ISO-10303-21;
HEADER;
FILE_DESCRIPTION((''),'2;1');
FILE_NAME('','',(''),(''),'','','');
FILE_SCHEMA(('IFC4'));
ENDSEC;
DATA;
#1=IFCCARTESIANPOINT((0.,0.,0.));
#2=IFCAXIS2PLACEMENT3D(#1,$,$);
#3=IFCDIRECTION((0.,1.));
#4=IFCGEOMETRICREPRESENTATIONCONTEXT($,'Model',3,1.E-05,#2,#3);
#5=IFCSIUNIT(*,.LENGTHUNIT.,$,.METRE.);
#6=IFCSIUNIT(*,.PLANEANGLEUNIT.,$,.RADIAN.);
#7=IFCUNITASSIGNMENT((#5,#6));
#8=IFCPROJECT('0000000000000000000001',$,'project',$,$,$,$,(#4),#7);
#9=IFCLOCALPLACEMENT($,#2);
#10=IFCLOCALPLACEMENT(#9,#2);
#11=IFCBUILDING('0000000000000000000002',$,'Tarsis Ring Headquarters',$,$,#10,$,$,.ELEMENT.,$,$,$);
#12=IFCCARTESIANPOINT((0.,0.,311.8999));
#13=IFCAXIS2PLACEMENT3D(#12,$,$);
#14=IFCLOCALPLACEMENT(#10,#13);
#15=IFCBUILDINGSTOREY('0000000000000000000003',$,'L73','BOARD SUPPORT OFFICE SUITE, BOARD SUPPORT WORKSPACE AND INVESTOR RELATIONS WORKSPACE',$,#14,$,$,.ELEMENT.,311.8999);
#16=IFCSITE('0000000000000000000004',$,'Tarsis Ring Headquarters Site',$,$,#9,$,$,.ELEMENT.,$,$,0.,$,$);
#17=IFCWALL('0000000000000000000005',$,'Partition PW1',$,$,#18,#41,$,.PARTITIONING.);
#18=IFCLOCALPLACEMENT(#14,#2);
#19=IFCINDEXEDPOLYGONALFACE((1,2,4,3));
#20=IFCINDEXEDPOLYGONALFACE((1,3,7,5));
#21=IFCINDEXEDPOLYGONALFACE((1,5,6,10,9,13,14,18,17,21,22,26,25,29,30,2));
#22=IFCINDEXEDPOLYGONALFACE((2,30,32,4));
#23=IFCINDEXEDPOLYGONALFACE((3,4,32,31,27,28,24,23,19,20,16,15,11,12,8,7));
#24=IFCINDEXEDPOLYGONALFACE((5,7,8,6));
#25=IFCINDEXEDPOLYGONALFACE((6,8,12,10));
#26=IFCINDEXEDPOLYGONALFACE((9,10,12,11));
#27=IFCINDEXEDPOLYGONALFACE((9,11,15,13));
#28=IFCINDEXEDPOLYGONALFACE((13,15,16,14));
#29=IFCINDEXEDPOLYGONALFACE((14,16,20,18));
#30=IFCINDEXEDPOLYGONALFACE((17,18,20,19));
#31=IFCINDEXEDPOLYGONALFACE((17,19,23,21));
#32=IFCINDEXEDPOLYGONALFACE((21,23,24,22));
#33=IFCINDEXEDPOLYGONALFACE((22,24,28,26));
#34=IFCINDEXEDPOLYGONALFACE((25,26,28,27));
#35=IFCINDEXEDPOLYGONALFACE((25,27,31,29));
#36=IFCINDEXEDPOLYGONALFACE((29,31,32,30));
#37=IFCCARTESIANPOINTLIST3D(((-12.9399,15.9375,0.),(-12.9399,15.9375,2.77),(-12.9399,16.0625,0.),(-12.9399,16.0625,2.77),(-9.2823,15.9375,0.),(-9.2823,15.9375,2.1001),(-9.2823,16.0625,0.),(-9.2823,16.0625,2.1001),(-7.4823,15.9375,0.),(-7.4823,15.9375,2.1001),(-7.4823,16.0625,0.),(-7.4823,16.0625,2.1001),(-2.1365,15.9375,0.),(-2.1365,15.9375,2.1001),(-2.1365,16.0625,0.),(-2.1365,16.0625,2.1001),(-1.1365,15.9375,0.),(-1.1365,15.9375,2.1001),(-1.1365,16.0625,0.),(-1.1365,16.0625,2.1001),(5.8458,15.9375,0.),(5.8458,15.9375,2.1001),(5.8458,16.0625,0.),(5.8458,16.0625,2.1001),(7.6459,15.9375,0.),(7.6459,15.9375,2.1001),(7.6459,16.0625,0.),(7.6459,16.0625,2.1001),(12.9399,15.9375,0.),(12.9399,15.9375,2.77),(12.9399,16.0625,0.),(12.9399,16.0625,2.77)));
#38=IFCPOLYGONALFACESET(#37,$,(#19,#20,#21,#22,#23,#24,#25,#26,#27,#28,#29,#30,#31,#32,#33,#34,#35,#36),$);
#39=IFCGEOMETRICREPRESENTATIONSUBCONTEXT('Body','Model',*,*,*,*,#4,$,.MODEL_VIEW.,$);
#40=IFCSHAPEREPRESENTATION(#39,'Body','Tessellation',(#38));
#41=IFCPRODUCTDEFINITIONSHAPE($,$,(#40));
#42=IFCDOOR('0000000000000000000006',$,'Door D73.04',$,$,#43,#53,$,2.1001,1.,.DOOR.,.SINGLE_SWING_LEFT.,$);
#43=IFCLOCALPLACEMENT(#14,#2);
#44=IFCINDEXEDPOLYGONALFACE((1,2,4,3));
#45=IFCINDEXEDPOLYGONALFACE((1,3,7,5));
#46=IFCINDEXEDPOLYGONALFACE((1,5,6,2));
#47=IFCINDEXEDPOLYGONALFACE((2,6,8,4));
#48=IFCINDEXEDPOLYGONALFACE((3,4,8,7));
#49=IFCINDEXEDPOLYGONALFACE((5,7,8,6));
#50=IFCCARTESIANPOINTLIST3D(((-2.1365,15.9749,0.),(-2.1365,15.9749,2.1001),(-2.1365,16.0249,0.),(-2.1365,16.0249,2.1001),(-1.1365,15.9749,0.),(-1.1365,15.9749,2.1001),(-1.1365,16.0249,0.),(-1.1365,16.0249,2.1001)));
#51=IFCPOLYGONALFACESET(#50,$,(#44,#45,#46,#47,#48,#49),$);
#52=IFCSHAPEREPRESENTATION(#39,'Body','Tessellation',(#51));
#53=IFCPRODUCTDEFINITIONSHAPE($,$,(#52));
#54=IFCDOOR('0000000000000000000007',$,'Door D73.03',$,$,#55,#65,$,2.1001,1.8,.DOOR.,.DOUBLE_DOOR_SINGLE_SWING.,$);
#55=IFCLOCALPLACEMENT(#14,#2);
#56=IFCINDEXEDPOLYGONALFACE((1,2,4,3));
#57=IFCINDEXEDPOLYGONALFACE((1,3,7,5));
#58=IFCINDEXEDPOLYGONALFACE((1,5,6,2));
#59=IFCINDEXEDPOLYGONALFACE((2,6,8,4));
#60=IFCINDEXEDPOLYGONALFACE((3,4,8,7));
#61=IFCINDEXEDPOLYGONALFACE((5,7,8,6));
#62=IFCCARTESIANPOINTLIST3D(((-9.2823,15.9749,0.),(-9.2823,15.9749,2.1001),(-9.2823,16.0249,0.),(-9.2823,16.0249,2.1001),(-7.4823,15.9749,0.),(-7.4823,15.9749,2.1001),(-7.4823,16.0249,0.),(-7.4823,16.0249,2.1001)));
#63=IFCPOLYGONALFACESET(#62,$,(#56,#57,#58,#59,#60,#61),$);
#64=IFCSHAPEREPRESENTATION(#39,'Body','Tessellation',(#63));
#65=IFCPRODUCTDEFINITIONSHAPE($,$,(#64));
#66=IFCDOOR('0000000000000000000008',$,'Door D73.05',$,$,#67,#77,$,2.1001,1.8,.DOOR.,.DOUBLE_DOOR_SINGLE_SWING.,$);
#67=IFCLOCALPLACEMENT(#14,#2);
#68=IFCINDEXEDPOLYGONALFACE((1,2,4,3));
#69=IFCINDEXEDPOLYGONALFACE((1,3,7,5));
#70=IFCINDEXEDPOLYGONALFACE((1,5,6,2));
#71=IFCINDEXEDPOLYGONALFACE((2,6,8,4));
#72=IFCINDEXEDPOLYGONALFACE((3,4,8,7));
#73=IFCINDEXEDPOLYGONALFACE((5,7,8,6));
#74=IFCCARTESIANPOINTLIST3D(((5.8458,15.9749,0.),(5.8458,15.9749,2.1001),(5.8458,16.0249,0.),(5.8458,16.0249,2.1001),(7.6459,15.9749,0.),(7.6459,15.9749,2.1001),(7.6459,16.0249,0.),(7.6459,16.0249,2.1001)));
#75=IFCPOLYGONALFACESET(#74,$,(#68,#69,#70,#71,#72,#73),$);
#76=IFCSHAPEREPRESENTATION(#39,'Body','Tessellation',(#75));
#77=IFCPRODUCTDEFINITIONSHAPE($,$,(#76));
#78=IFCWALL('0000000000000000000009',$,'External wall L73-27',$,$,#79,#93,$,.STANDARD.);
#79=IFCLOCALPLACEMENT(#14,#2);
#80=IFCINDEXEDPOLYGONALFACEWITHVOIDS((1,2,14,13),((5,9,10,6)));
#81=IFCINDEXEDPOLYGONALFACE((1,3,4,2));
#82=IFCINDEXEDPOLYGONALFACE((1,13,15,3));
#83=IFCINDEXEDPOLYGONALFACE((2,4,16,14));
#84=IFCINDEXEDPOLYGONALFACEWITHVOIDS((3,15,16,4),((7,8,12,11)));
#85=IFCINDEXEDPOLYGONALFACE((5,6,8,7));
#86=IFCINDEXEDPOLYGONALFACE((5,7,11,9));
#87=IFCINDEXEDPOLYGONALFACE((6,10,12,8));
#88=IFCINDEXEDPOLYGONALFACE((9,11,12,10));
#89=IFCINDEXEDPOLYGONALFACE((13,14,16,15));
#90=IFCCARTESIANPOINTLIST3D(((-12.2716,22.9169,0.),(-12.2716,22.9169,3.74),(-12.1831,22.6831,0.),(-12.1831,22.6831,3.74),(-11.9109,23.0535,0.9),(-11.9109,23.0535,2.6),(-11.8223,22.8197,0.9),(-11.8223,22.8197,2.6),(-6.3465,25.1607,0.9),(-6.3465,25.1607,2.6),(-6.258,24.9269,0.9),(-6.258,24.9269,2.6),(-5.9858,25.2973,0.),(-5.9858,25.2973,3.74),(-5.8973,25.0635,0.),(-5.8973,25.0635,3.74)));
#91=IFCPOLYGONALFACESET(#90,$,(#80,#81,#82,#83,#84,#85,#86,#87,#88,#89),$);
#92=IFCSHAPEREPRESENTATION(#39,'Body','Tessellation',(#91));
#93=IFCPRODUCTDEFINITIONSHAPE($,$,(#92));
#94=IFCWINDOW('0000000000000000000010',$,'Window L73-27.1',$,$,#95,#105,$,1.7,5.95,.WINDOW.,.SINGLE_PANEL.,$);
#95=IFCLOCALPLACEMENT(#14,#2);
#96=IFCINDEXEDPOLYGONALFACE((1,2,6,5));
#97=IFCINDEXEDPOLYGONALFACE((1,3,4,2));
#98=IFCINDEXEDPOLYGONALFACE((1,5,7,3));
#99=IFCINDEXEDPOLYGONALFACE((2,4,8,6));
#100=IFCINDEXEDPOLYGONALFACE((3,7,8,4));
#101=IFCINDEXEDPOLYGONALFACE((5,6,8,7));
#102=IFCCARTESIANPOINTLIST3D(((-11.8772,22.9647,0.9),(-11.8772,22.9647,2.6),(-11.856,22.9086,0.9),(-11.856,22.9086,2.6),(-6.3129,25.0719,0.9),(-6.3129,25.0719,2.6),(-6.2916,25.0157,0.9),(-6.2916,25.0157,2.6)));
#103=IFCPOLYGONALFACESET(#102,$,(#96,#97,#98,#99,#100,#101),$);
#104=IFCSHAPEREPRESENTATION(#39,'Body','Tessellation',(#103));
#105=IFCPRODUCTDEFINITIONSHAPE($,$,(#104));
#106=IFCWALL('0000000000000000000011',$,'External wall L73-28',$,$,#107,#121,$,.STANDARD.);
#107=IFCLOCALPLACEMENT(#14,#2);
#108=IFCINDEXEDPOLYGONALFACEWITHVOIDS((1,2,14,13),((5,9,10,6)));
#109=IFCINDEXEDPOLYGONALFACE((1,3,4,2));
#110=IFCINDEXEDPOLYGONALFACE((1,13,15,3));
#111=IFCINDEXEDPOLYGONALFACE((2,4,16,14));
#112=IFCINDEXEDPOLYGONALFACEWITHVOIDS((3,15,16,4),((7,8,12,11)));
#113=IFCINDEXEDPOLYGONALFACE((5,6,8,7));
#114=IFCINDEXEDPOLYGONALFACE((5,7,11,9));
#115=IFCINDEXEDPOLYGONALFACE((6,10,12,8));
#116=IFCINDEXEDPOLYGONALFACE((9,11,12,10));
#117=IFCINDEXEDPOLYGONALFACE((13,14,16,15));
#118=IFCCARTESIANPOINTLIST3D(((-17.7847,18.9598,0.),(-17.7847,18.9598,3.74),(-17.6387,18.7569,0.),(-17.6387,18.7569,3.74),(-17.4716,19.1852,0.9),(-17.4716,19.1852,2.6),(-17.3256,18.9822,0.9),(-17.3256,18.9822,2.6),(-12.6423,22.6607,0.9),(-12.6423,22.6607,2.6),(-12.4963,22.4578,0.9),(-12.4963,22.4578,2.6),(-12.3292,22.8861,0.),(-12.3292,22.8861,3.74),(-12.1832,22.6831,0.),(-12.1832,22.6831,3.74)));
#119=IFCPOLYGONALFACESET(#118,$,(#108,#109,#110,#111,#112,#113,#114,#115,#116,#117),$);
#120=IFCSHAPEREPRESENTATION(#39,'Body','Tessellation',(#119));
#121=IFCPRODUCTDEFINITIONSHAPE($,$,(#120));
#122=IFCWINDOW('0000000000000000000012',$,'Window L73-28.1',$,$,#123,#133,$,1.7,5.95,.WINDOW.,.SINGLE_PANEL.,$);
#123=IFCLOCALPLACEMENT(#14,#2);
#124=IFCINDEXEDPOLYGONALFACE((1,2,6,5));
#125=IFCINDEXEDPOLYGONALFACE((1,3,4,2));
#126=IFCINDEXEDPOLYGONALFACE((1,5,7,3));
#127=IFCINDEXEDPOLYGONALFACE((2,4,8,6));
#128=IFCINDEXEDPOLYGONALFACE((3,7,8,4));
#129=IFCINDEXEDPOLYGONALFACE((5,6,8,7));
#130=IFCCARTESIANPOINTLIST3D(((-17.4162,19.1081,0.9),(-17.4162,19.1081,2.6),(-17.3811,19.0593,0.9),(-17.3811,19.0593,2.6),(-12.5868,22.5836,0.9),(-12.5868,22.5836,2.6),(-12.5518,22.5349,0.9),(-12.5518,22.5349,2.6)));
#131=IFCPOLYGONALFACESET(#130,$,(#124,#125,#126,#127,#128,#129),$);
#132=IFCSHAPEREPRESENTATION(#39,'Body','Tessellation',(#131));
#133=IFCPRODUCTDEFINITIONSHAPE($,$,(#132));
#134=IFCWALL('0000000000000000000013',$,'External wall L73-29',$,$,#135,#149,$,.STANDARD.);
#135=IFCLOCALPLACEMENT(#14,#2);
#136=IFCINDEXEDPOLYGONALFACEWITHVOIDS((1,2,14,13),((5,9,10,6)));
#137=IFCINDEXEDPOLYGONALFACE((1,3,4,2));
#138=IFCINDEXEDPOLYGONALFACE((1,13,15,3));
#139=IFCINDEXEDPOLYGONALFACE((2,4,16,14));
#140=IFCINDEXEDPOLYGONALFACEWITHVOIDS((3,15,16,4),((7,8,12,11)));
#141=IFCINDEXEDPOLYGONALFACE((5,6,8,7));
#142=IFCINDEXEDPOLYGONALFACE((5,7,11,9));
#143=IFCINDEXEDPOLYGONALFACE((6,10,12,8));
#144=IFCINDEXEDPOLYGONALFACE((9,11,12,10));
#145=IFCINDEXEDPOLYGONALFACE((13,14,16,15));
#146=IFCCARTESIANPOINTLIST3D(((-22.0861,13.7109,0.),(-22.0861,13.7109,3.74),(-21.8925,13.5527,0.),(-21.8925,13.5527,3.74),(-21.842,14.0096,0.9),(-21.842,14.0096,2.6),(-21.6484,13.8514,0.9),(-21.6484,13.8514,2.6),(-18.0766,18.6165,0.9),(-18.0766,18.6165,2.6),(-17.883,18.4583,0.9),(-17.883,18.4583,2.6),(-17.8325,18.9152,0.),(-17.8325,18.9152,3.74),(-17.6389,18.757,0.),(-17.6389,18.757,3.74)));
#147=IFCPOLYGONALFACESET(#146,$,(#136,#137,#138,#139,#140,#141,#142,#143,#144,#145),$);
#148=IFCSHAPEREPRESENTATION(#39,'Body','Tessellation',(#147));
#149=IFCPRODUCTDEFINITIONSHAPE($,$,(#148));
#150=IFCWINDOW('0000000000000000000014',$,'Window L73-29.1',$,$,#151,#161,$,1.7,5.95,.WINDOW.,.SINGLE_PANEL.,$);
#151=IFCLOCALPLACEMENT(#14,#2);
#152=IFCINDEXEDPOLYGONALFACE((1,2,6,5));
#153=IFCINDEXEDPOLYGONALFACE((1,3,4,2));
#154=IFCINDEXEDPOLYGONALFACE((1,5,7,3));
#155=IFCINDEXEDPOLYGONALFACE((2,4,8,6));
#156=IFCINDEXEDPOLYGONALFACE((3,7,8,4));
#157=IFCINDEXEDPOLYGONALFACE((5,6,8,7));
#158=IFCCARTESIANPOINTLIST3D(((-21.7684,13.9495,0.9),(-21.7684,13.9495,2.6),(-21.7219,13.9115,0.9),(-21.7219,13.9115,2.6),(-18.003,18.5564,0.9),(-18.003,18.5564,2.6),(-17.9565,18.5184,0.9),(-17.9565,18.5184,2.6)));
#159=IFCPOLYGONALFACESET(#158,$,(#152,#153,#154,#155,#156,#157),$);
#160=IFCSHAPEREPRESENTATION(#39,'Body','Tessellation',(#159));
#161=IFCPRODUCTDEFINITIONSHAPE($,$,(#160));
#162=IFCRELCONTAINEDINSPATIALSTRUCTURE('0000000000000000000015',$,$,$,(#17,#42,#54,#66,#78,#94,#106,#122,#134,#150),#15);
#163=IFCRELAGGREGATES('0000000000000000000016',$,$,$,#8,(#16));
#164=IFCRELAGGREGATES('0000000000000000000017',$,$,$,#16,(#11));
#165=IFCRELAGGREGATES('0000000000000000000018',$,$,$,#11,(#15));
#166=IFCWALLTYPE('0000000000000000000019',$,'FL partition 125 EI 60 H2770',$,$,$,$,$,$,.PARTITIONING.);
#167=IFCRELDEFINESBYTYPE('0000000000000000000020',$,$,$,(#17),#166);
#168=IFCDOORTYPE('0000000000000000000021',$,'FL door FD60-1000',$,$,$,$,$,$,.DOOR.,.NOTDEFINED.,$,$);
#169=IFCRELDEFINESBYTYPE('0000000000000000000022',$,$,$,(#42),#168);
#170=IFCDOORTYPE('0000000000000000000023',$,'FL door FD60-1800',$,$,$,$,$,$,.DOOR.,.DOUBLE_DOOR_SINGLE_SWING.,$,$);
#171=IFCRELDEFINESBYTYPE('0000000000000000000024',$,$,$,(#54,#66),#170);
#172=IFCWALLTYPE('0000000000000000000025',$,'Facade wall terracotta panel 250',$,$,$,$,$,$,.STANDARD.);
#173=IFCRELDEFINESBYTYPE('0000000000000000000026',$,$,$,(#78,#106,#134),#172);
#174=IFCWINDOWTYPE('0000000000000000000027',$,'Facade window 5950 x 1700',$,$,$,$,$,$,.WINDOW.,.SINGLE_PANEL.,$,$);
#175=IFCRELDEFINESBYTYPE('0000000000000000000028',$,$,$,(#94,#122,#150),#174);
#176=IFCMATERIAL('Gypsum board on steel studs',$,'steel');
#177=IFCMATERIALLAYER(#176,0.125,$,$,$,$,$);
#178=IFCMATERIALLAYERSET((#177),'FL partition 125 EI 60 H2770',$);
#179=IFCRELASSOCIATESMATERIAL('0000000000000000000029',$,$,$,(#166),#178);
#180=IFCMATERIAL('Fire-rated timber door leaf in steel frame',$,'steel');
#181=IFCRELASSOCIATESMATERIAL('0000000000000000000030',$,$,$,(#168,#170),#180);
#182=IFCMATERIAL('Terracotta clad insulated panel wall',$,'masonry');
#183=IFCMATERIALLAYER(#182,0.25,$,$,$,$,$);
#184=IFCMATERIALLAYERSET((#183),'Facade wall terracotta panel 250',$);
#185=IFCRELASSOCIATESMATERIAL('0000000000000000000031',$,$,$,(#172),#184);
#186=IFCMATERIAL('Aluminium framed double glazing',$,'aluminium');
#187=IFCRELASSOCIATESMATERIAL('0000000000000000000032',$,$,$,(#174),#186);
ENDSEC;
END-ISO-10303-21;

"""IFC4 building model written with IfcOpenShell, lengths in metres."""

from ifc_helpers import new_model, si_unit, direction, frame, frame_2d, origin, place, context, subcontext, project, spatial, rectangle, extrude, material, layer, layer_set, type_object, element, fill, save


model = new_model("IFC4")

# Units and contexts
model_context = context("Model", 3, precision=1e-05, world=origin(), true_north=direction((0.0, 1.0)))
body_context = subcontext(model_context, "Body", "Model", "MODEL_VIEW")
ifc_project = project(units=[si_unit("LENGTHUNIT", "METRE"), si_unit("PLANEANGLEUNIT", "RADIAN")], contexts=[model_context])

# Site, building, storey
site_placement = place(None, origin())
site = spatial("IfcSite", under=ifc_project, at=site_placement, Name="Tarsis Ring Headquarters Site", CompositionType="ELEMENT", RefElevation=0.0)
building_placement = place(site_placement, origin())
building = spatial("IfcBuilding", under=site, at=building_placement, Name="Tarsis Ring Headquarters", CompositionType="ELEMENT")
storey_placement = place(building_placement, frame((0.0, 0.0, 311.8999)))
storey = spatial("IfcBuildingStorey", under=building, at=storey_placement, Name="L73", Description="BOARD SUPPORT OFFICE SUITE, BOARD SUPPORT WORKSPACE AND INVESTOR RELATIONS WORKSPACE", CompositionType="ELEMENT", Elevation=311.8999)

# Shared definitions
ifc_material_1 = material(Name="Gypsum board on steel studs", Category="steel")

# Wall, openings, doors
ifc_layer_1 = layer(ifc_material_1, 0.125)
ifc_layer_set_1 = layer_set([ifc_layer_1], Name="FL partition 125 EI 60 H2770")
wall_type_1 = type_object("IfcWallType", Name="FL partition 125 EI 60 H2770", PredefinedType="PARTITIONING", material=ifc_layer_set_1)
wall_1_placement = place(storey_placement, frame((-12.9399, 16.0, 0.0), z_axis=(0.0, 0.0, 1.0), x_axis=(1.0, 0.0, 0.0)))
wall_1 = element("IfcWall", 1, at=wall_1_placement, inside=storey, type_object=wall_type_1, Name="Partition PW1", PredefinedType="PARTITIONING", context=body_context, shape_type="SweptSolid", body=[
    extrude(rectangle(XDim=25.8799, YDim=0.125, at=frame_2d((12.9399, 0.0))), origin(), (0.0, 0.0, 1.0), 2.77),
])
opening_1_placement = place(wall_1_placement, frame((3.6577, 0.0, 0.0)))
opening_1 = element("IfcOpeningElement", 2, at=opening_1_placement, cuts=wall_1, PredefinedType="OPENING", context=body_context, shape_type="SweptSolid", body=[
    extrude(rectangle(XDim=1.8, YDim=2.1001, at=frame_2d((0.8999, 1.05))), frame((0.0, 0.0725, 0.0), z_axis=(0.0, -1.0, 0.0), x_axis=(1.0, 0.0, 0.0)), (0.0, 0.0, 1.0), 0.145),
])
opening_2_placement = place(wall_1_placement, frame((10.8035, 0.0, 0.0)))
opening_2 = element("IfcOpeningElement", 3, at=opening_2_placement, cuts=wall_1, PredefinedType="OPENING", context=body_context, shape_type="SweptSolid", body=[
    extrude(rectangle(XDim=1.0, YDim=2.1001, at=frame_2d((0.5, 1.05))), frame((0.0, 0.0725, 0.0), z_axis=(0.0, -1.0, 0.0), x_axis=(1.0, 0.0, 0.0)), (0.0, 0.0, 1.0), 0.145),
])
opening_3_placement = place(wall_1_placement, frame((18.7859, 0.0, 0.0)))
opening_3 = element("IfcOpeningElement", 4, at=opening_3_placement, cuts=wall_1, PredefinedType="OPENING", context=body_context, shape_type="SweptSolid", body=[
    extrude(rectangle(XDim=1.8, YDim=2.1001, at=frame_2d((0.8999, 1.05))), frame((0.0, 0.0725, 0.0), z_axis=(0.0, -1.0, 0.0), x_axis=(1.0, 0.0, 0.0)), (0.0, 0.0, 1.0), 0.145),
])
ifc_material_2 = material(Name="Fire-rated timber door leaf in steel frame", Category="steel")
door_type_1 = type_object("IfcDoorType", Name="FL door FD60-1000", OperationType="NOTDEFINED", PredefinedType="DOOR", material=ifc_material_2)
door_1_placement = place(opening_2_placement, origin())
door_1 = element("IfcDoor", 5, at=door_1_placement, inside=storey, type_object=door_type_1, Name="Door D73.04", OperationType="SINGLE_SWING_LEFT", OverallHeight=2.1001, OverallWidth=1.0, PredefinedType="DOOR", context=body_context, shape_type="SweptSolid", body=[
    extrude(rectangle(XDim=1.0, YDim=2.1001, at=frame_2d((0.5, 1.05))), frame((0.0, 0.0249, 0.0), z_axis=(0.0, -1.0, 0.0), x_axis=(1.0, 0.0, 0.0)), (0.0, 0.0, 1.0), 0.05),
])
fill(opening_2, door_1)
door_type_2 = type_object("IfcDoorType", Name="FL door FD60-1800", OperationType="DOUBLE_DOOR_SINGLE_SWING", PredefinedType="DOOR", material=ifc_material_2)
door_2_placement = place(opening_1_placement, origin())
door_2 = element("IfcDoor", 6, at=door_2_placement, inside=storey, type_object=door_type_2, Name="Door D73.03", OperationType="DOUBLE_DOOR_SINGLE_SWING", OverallHeight=2.1001, OverallWidth=1.8, PredefinedType="DOOR", context=body_context, shape_type="SweptSolid", body=[
    extrude(rectangle(XDim=1.8, YDim=2.1001, at=frame_2d((0.8999, 1.05))), frame((0.0, 0.0249, 0.0), z_axis=(0.0, -1.0, 0.0), x_axis=(1.0, 0.0, 0.0)), (0.0, 0.0, 1.0), 0.05),
])
fill(opening_1, door_2)
door_3_placement = place(opening_3_placement, origin())
door_3 = element("IfcDoor", 7, at=door_3_placement, inside=storey, type_object=door_type_2, Name="Door D73.05", OperationType="DOUBLE_DOOR_SINGLE_SWING", OverallHeight=2.1001, OverallWidth=1.8, PredefinedType="DOOR", context=body_context, shape_type="SweptSolid", body=[
    extrude(rectangle(XDim=1.8, YDim=2.1001, at=frame_2d((0.8999, 1.05))), frame((0.0, 0.0249, 0.0), z_axis=(0.0, -1.0, 0.0), x_axis=(1.0, 0.0, 0.0)), (0.0, 0.0, 1.0), 0.05),
])
fill(opening_3, door_3)

# Walls, openings, windows
ifc_material_3 = material(Name="Terracotta clad insulated panel wall", Category="masonry")
ifc_layer_2 = layer(ifc_material_3, 0.25)
ifc_layer_set_2 = layer_set([ifc_layer_2], Name="Facade wall terracotta panel 250")
wall_type_2 = type_object("IfcWallType", Name="Facade wall terracotta panel 250", PredefinedType="STANDARD", material=ifc_layer_set_2)
wall_2_placement = place(storey_placement, frame((-5.9414, 25.1804, 0.0), z_axis=(0.0, 0.0, 1.0), x_axis=(-0.935191, -0.354143, 0.0)))
wall_2 = element("IfcWall", 8, at=wall_2_placement, inside=storey, type_object=wall_type_2, Name="External wall L73-27", PredefinedType="STANDARD", context=body_context, shape_type="SweptSolid", body=[
    extrude(rectangle(XDim=6.7214, YDim=0.25, at=frame_2d((3.3608, 0.0))), origin(), (0.0, 0.0, 1.0), 3.74),
])
opening_4_placement = place(wall_2_placement, frame((0.3857, 0.0, 0.8999)))
opening_4 = element("IfcOpeningElement", 9, at=opening_4_placement, cuts=wall_2, PredefinedType="OPENING", context=body_context, shape_type="SweptSolid", body=[
    extrude(rectangle(XDim=5.95, YDim=1.7, at=frame_2d((2.9751, 0.8501))), frame((0.0, 0.135, 0.0), z_axis=(0.0, -1.0, 0.0), x_axis=(1.0, 0.0, 0.0)), (0.0, 0.0, 1.0), 0.27),
])
ifc_material_4 = material(Name="Aluminium framed double glazing", Category="aluminium")
window_type = type_object("IfcWindowType", Name="Facade window 5950 x 1700", PartitioningType="SINGLE_PANEL", PredefinedType="WINDOW", material=ifc_material_4)
window_1_placement = place(opening_4_placement, origin())
window_1 = element("IfcWindow", 10, at=window_1_placement, inside=storey, type_object=window_type, Name="Window L73-27.1", OverallHeight=1.7, OverallWidth=5.95, PartitioningType="SINGLE_PANEL", PredefinedType="WINDOW", context=body_context, shape_type="SweptSolid", body=[
    extrude(rectangle(XDim=5.95, YDim=1.7, at=frame_2d((2.9751, 0.8501))), frame((0.0, 0.03, 0.0), z_axis=(0.0, -1.0, 0.0), x_axis=(1.0, 0.0, 0.0)), (0.0, 0.0, 1.0), 0.0601),
])
fill(opening_4, window_1)
wall_3_placement = place(storey_placement, frame((-12.2561, 22.7847, 0.0), z_axis=(0.0, 0.0, 1.0), x_axis=(-0.811657, -0.584134, 0.0)))
wall_3 = element("IfcWall", 11, at=wall_3_placement, inside=storey, type_object=wall_type_2, Name="External wall L73-28", PredefinedType="STANDARD", context=body_context, shape_type="SweptSolid", body=[
    extrude(rectangle(XDim=6.7214, YDim=0.25, at=frame_2d((3.3608, 0.0))), origin(), (0.0, 0.0, 1.0), 3.74),
])
opening_5_placement = place(wall_3_placement, frame((0.3857, 0.0, 0.8999)))
opening_5 = element("IfcOpeningElement", 12, at=opening_5_placement, cuts=wall_3, PredefinedType="OPENING", context=body_context, shape_type="SweptSolid", body=[
    extrude(rectangle(XDim=5.95, YDim=1.7, at=frame_2d((2.9751, 0.8501))), frame((0.0, 0.135, 0.0), z_axis=(0.0, -1.0, 0.0), x_axis=(1.0, 0.0, 0.0)), (0.0, 0.0, 1.0), 0.27),
])
window_2_placement = place(opening_5_placement, origin())
window_2 = element("IfcWindow", 13, at=window_2_placement, inside=storey, type_object=window_type, Name="Window L73-28.1", OverallHeight=1.7, OverallWidth=5.95, PartitioningType="SINGLE_PANEL", PredefinedType="WINDOW", context=body_context, shape_type="SweptSolid", body=[
    extrude(rectangle(XDim=5.95, YDim=1.7, at=frame_2d((2.9751, 0.8501))), frame((0.0, 0.03, 0.0), z_axis=(0.0, -1.0, 0.0), x_axis=(1.0, 0.0, 0.0)), (0.0, 0.0, 1.0), 0.0601),
])
fill(opening_5, window_2)
wall_4_placement = place(storey_placement, frame((-17.7356, 18.8362, 0.0), z_axis=(0.0, 0.0, 1.0), x_axis=(-0.632842, -0.774281, 0.0)))
wall_4 = element("IfcWall", 14, at=wall_4_placement, inside=storey, type_object=wall_type_2, Name="External wall L73-29", PredefinedType="STANDARD", context=body_context, shape_type="SweptSolid", body=[
    extrude(rectangle(XDim=6.7214, YDim=0.25, at=frame_2d((3.3608, 0.0))), origin(), (0.0, 0.0, 1.0), 3.74),
])
opening_6_placement = place(wall_4_placement, frame((0.3857, 0.0, 0.8999)))
opening_6 = element("IfcOpeningElement", 15, at=opening_6_placement, cuts=wall_4, PredefinedType="OPENING", context=body_context, shape_type="SweptSolid", body=[
    extrude(rectangle(XDim=5.95, YDim=1.7, at=frame_2d((2.9751, 0.8501))), frame((0.0, 0.135, 0.0), z_axis=(0.0, -1.0, 0.0), x_axis=(1.0, 0.0, 0.0)), (0.0, 0.0, 1.0), 0.27),
])
window_3_placement = place(opening_6_placement, origin())
window_3 = element("IfcWindow", 16, at=window_3_placement, inside=storey, type_object=window_type, Name="Window L73-29.1", OverallHeight=1.7, OverallWidth=5.95, PartitioningType="SINGLE_PANEL", PredefinedType="WINDOW", context=body_context, shape_type="SweptSolid", body=[
    extrude(rectangle(XDim=5.95, YDim=1.7, at=frame_2d((2.9751, 0.8501))), frame((0.0, 0.03, 0.0), z_axis=(0.0, -1.0, 0.0), x_axis=(1.0, 0.0, 0.0)), (0.0, 0.0, 1.0), 0.0601),
])
fill(opening_6, window_3)

save(model, "model.ifc")
